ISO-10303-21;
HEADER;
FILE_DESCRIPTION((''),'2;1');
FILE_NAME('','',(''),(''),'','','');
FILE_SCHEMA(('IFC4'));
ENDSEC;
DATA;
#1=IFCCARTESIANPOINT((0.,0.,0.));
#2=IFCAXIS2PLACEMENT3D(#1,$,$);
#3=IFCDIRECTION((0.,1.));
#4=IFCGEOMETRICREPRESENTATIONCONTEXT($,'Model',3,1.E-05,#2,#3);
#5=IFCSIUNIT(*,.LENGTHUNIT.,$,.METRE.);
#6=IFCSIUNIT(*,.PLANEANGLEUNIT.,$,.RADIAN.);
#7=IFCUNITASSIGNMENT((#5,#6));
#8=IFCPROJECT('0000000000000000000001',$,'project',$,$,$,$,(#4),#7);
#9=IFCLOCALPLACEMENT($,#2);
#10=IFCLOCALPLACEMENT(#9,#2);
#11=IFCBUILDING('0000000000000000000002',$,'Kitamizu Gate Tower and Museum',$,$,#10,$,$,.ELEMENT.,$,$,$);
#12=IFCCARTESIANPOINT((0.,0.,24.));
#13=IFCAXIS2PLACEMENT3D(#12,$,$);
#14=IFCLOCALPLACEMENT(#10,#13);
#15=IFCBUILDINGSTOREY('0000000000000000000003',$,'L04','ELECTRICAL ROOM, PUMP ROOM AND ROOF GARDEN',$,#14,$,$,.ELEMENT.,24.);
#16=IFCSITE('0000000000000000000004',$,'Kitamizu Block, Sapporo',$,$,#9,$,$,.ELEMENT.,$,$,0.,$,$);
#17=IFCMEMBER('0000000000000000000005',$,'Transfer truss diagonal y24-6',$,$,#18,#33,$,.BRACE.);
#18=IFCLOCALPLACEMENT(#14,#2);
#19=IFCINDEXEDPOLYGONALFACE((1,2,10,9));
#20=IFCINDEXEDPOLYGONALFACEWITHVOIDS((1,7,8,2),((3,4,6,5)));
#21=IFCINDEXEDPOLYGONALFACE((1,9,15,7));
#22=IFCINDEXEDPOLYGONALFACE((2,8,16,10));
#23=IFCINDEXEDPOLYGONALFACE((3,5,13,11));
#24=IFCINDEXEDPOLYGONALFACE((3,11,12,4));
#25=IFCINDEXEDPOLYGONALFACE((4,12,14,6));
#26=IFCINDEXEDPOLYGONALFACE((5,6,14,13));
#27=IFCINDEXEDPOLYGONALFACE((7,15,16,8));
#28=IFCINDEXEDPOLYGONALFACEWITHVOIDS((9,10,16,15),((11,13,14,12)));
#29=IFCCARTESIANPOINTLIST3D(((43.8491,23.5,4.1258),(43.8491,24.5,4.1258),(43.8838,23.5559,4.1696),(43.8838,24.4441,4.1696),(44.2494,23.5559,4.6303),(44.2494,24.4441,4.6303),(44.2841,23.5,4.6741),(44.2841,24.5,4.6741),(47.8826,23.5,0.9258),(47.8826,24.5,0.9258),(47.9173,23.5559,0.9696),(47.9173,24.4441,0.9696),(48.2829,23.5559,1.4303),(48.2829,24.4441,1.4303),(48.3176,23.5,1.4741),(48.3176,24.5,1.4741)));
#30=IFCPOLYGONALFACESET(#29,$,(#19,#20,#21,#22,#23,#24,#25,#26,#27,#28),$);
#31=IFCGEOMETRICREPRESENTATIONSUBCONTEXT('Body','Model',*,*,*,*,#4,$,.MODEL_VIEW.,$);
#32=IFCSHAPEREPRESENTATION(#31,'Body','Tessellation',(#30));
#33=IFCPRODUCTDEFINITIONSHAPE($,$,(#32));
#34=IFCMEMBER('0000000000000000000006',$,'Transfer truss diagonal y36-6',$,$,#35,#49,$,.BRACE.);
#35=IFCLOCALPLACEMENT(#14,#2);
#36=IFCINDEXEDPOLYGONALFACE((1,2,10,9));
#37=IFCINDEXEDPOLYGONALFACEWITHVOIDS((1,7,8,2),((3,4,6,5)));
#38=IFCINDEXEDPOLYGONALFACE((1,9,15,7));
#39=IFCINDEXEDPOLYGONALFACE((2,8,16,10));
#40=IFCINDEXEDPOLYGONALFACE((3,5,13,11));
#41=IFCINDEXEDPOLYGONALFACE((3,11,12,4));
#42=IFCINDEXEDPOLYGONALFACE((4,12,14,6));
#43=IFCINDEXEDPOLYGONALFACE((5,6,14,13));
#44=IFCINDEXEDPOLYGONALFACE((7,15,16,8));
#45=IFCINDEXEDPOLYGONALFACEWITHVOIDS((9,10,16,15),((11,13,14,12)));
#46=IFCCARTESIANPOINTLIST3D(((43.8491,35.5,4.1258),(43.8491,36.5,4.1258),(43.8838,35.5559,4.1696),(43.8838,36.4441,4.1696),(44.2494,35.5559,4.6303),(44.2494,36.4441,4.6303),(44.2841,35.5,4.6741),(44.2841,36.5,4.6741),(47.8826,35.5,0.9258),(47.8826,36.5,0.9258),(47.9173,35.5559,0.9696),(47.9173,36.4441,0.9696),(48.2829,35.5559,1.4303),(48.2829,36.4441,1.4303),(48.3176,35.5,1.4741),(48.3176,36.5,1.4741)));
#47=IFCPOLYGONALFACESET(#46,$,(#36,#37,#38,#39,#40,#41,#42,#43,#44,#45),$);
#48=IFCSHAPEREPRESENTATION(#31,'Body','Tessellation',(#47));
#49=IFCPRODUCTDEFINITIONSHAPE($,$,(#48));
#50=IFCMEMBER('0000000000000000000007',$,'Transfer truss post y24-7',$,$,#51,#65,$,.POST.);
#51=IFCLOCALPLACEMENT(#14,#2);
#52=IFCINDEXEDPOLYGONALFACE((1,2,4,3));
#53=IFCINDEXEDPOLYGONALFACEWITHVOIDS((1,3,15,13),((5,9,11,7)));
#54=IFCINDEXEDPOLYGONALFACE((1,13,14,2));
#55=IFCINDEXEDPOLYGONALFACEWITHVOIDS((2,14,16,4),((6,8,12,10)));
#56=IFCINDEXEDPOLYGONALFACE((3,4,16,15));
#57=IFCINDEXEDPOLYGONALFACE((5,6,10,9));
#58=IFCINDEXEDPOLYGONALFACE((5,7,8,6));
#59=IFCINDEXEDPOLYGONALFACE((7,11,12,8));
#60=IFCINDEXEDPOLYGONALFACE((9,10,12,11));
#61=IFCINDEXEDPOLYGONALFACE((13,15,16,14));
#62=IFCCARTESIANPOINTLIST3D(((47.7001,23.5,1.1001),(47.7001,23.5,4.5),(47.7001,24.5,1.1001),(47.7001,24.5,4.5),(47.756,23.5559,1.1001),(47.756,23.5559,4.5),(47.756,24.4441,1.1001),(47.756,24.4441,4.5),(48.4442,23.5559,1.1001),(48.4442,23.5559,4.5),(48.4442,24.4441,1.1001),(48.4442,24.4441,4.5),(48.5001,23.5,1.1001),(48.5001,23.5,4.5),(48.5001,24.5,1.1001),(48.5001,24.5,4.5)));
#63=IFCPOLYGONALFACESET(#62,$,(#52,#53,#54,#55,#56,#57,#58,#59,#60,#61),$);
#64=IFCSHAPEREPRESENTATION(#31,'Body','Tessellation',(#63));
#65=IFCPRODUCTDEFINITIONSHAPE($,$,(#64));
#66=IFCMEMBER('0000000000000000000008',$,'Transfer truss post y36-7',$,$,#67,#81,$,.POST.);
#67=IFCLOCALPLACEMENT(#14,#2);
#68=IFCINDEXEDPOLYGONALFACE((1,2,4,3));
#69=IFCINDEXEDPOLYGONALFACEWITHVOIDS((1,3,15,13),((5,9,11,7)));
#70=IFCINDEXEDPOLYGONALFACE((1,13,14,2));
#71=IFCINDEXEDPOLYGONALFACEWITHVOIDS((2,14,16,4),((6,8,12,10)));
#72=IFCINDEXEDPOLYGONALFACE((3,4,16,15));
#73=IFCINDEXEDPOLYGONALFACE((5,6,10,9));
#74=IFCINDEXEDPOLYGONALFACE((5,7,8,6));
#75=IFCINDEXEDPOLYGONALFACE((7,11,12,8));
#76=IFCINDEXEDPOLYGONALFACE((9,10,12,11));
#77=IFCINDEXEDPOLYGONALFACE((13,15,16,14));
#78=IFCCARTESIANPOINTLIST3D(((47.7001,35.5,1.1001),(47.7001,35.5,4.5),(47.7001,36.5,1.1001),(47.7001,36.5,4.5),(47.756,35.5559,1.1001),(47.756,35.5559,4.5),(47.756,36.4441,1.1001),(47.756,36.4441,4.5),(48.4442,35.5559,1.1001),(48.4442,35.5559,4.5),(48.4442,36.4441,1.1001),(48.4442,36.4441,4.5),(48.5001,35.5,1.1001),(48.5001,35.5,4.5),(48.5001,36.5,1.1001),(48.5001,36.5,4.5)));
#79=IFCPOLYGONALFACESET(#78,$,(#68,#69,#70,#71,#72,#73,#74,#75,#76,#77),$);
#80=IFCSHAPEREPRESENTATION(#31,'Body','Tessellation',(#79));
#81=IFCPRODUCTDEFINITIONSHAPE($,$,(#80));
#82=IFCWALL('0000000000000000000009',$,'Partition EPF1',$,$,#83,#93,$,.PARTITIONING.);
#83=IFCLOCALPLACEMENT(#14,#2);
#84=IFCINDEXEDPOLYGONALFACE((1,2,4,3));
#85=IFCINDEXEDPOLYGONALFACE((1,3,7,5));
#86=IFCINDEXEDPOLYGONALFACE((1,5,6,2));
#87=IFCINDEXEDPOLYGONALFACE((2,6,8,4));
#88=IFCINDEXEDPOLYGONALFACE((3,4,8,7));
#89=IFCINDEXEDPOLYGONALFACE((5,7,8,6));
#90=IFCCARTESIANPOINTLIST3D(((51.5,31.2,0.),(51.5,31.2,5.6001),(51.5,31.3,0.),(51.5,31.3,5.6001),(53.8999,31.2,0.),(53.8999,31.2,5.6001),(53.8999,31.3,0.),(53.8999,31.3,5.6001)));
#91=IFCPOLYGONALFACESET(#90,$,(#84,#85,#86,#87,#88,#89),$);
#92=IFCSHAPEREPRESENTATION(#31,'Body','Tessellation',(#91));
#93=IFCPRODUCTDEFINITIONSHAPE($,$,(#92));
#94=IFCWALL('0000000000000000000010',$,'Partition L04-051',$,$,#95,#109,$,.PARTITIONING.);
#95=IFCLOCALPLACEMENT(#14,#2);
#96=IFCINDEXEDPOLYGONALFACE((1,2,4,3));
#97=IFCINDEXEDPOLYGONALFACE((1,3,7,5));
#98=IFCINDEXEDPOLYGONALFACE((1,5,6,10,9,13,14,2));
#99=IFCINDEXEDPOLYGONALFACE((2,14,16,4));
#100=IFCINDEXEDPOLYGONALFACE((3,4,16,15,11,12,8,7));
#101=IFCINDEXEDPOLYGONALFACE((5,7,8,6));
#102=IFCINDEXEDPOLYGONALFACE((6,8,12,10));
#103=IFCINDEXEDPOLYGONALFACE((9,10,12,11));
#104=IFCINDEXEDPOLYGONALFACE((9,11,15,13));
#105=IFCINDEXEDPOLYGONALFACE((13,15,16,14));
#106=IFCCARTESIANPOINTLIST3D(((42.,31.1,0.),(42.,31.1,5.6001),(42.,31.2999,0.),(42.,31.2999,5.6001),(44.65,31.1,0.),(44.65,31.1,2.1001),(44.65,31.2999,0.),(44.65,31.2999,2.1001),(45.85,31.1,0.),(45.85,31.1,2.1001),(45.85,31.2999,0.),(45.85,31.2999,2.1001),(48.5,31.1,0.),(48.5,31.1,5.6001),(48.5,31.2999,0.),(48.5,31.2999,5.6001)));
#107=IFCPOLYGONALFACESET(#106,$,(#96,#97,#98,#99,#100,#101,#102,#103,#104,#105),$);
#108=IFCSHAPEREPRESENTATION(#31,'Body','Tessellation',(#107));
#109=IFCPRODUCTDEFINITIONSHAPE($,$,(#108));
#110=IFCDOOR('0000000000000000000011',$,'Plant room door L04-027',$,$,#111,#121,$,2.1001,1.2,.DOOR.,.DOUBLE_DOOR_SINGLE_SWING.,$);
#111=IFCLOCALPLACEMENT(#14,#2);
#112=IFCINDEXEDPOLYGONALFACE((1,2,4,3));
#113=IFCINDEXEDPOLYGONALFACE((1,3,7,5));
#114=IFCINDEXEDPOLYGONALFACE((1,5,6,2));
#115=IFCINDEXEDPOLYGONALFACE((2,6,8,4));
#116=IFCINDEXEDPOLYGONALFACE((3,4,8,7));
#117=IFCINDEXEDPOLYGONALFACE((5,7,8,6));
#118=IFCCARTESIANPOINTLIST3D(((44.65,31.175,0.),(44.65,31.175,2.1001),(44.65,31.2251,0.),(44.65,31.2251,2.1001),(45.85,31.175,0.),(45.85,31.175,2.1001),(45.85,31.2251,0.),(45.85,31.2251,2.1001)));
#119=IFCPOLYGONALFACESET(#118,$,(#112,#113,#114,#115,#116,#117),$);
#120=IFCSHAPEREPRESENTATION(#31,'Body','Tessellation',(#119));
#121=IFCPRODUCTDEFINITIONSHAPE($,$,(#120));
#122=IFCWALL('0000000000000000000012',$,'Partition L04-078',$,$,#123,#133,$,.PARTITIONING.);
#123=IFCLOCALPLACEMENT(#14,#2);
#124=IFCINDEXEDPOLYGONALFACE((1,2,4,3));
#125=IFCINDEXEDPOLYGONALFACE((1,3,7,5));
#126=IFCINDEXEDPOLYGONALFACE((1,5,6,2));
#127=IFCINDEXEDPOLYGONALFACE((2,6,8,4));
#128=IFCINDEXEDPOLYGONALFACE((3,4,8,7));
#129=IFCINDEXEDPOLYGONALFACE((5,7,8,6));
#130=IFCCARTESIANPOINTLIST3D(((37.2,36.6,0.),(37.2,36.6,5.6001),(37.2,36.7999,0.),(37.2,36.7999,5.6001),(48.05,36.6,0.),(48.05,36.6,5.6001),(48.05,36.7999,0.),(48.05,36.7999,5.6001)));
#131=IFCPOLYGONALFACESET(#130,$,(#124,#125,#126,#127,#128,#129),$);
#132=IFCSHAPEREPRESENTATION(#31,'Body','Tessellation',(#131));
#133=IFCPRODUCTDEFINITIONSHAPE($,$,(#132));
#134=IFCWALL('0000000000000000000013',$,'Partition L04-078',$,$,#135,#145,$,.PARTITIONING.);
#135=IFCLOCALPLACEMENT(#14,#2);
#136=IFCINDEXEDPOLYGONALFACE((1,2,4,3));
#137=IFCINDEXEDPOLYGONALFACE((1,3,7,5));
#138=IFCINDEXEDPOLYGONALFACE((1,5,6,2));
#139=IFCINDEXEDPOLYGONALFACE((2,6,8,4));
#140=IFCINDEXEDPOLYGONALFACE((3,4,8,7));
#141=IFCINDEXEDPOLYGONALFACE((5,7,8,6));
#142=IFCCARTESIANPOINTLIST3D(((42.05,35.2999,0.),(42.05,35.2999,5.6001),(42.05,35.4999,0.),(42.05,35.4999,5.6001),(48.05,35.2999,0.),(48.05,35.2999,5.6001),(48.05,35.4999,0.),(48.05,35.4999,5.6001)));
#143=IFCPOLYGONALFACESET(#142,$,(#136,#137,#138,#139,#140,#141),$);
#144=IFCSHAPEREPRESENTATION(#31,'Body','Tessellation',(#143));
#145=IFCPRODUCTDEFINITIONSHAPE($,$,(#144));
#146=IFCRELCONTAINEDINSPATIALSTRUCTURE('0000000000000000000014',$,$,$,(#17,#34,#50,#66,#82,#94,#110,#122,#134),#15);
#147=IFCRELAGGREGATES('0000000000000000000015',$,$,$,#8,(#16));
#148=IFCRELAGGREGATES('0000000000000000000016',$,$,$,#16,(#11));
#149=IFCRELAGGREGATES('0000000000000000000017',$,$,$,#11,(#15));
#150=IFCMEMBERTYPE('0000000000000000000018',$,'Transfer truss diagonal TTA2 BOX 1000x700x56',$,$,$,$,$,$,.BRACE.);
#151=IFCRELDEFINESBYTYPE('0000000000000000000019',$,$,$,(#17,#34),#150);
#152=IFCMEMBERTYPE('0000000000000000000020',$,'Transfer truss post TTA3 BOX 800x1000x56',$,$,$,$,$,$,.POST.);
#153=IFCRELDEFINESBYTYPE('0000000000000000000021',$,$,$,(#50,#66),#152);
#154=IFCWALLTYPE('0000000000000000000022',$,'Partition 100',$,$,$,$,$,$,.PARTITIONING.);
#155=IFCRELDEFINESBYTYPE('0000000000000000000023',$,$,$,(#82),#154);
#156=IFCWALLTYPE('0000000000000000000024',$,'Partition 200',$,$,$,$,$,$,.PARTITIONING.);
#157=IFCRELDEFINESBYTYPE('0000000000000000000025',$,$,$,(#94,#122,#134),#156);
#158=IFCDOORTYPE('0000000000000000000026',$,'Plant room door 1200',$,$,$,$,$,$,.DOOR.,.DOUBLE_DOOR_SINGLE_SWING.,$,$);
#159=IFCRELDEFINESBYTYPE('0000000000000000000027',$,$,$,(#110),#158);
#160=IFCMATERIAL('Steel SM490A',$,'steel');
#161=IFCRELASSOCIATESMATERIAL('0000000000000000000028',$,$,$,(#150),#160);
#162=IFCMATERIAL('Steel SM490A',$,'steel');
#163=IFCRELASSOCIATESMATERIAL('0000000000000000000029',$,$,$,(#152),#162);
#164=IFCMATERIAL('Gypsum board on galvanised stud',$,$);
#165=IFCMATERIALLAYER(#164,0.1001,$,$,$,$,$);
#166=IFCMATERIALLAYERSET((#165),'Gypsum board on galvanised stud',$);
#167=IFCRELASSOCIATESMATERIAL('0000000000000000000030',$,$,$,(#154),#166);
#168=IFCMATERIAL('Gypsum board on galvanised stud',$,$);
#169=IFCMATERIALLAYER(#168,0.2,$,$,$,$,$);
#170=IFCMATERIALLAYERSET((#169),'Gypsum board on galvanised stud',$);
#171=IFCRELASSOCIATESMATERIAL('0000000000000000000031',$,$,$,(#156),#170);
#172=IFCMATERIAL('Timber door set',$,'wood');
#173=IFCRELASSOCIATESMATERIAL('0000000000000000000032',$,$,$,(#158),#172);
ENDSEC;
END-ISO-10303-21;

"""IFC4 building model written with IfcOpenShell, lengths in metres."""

from ifc_helpers import new_model, si_unit, direction, frame, frame_2d, origin, origin_2d, place, context, subcontext, project, spatial, rectangle, hollow_rectangle, extrude, material, layer, layer_set, material_profile, profile_set, type_object, element, fill, save


model = new_model("IFC4")

# Units and contexts
model_context = context("Model", 3, precision=1e-05, world=origin(), true_north=direction((0.0, 1.0)))
body_context = subcontext(model_context, "Body", "Model", "MODEL_VIEW")
ifc_project = project(units=[si_unit("LENGTHUNIT", "METRE"), si_unit("PLANEANGLEUNIT", "RADIAN")], contexts=[model_context])

# Site, building, storey
site_placement = place(None, origin())
site = spatial("IfcSite", under=ifc_project, at=site_placement, Name="Kitamizu Block, Sapporo", CompositionType="ELEMENT", RefElevation=0.0)
building_placement = place(site_placement, origin())
building = spatial("IfcBuilding", under=site, at=building_placement, Name="Kitamizu Gate Tower and Museum", CompositionType="ELEMENT")
storey_placement = place(building_placement, frame((0.0, 0.0, 24.0)))
storey = spatial("IfcBuildingStorey", under=building, at=storey_placement, Name="L04", Description="ELECTRICAL ROOM, PUMP ROOM AND ROOF GARDEN", CompositionType="ELEMENT", Elevation=24.0)

# Members
ifc_material_1 = material(Name="Steel SM490A", Category="steel")
ifc_material_profile_1 = material_profile(ifc_material_1, hollow_rectangle(XDim=1.0, YDim=0.7, WallThickness=0.0559, at=origin_2d()), Name="BOX 1000x700x56")
ifc_profile_set_1 = profile_set([ifc_material_profile_1], Name="Steel SM490A")
member_type_1 = type_object("IfcMemberType", Name="Transfer truss diagonal TTA2 BOX 1000x700x56", PredefinedType="BRACE", material=ifc_profile_set_1)
for number, where, z_axis, x_axis, name in (
    (1, (48.1001, 24.0, 1.2), (-0.783402, 0.0, 0.621515), (0.0, -1.0, 0.0), "Transfer truss diagonal y24-6"),
    (2, (48.1001, 36.0, 1.2), (-0.783402, 0.0, 0.621515), (0.0, -1.0, 0.0), "Transfer truss diagonal y36-6"),
):
    element("IfcMember", number, at=place(storey_placement, frame(where, z_axis=z_axis, x_axis=x_axis)), inside=storey, type_object=member_type_1, Name=name, PredefinedType="BRACE", context=body_context, shape_type="SweptSolid", body=[
        extrude(hollow_rectangle(XDim=1.0, YDim=0.7, WallThickness=0.0559, at=origin_2d()), origin(), (0.0, 0.0, 1.0), 5.1487),
    ])
ifc_material_2 = material(Name="Steel SM490A", Category="steel")
ifc_material_profile_2 = material_profile(ifc_material_2, hollow_rectangle(XDim=0.8, YDim=1.0, WallThickness=0.0559, at=origin_2d()), Name="BOX 800x1000x56")
ifc_profile_set_2 = profile_set([ifc_material_profile_2], Name="Steel SM490A")
member_type_2 = type_object("IfcMemberType", Name="Transfer truss post TTA3 BOX 800x1000x56", PredefinedType="POST", material=ifc_profile_set_2)
for number, where, z_axis, x_axis, name in (
    (3, (48.1001, 24.0, 1.1001), (0.0, 0.0, 1.0), (1.0, 0.0, 0.0), "Transfer truss post y24-7"),
    (4, (48.1001, 36.0, 1.1001), (0.0, 0.0, 1.0), (1.0, 0.0, 0.0), "Transfer truss post y36-7"),
):
    element("IfcMember", number, at=place(storey_placement, frame(where, z_axis=z_axis, x_axis=x_axis)), inside=storey, type_object=member_type_2, Name=name, PredefinedType="POST", context=body_context, shape_type="SweptSolid", body=[
        extrude(hollow_rectangle(XDim=0.8, YDim=1.0, WallThickness=0.0559, at=origin_2d()), origin(), (0.0, 0.0, 1.0), 3.3999),
    ])

# Wall
ifc_material_3 = material(Name="Gypsum board on galvanised stud")
ifc_layer_1 = layer(ifc_material_3, 0.1001)
ifc_layer_set_1 = layer_set([ifc_layer_1], Name="Gypsum board on galvanised stud")
wall_type_1 = type_object("IfcWallType", Name="Partition 100", PredefinedType="PARTITIONING", material=ifc_layer_set_1)
wall_1_placement = place(storey_placement, frame((53.8999, 31.25, 0.0), z_axis=(0.0, 0.0, 1.0), x_axis=(-1.0, 0.0, 0.0)))
element("IfcWall", 5, at=wall_1_placement, inside=storey, type_object=wall_type_1, Name="Partition EPF1", PredefinedType="PARTITIONING", context=body_context, shape_type="SweptSolid", body=[
    extrude(rectangle(XDim=2.3999, YDim=0.1001, at=frame_2d((1.2, 0.0))), origin(), (0.0, 0.0, 1.0), 5.6001),
])

# Wall, opening, door
ifc_material_4 = material(Name="Gypsum board on galvanised stud")
ifc_layer_2 = layer(ifc_material_4, 0.2)
ifc_layer_set_2 = layer_set([ifc_layer_2], Name="Gypsum board on galvanised stud")
wall_type_2 = type_object("IfcWallType", Name="Partition 200", PredefinedType="PARTITIONING", material=ifc_layer_set_2)
wall_2_placement = place(storey_placement, frame((48.5, 31.2, 0.0), z_axis=(0.0, 0.0, 1.0), x_axis=(-1.0, 0.0, 0.0)))
wall_2 = element("IfcWall", 6, at=wall_2_placement, inside=storey, type_object=wall_type_2, Name="Partition L04-051", PredefinedType="PARTITIONING", context=body_context, shape_type="SweptSolid", body=[
    extrude(rectangle(XDim=6.5, YDim=0.2, at=frame_2d((3.25, 0.0))), origin(), (0.0, 0.0, 1.0), 5.6001),
])
opening_1_placement = place(wall_2_placement, frame((2.6499, 0.0, 0.0)))
opening_1 = element("IfcOpeningElement", 7, at=opening_1_placement, cuts=wall_2, PredefinedType="OPENING", context=body_context, shape_type="SweptSolid", body=[
    extrude(rectangle(XDim=1.2, YDim=2.1001, at=frame_2d((0.6001, 1.05))), frame((0.0, 0.1099, 0.0), z_axis=(0.0, -1.0, 0.0), x_axis=(1.0, 0.0, 0.0)), (0.0, 0.0, 1.0), 0.22),
])
ifc_material_5 = material(Name="Timber door set", Category="wood")
door_type_1 = type_object("IfcDoorType", Name="Plant room door 1200", OperationType="DOUBLE_DOOR_SINGLE_SWING", PredefinedType="DOOR", material=ifc_material_5)
door_1_placement = place(opening_1_placement, origin())
door_1 = element("IfcDoor", 8, at=door_1_placement, inside=storey, type_object=door_type_1, Name="Plant room door L04-027", OperationType="DOUBLE_DOOR_SINGLE_SWING", OverallHeight=2.1001, OverallWidth=1.2, PredefinedType="DOOR", context=body_context, shape_type="SweptSolid", body=[
    extrude(rectangle(XDim=1.2, YDim=2.1001, at=frame_2d((0.6001, 1.05))), frame((0.0, 0.0249, 0.0), z_axis=(0.0, -1.0, 0.0), x_axis=(1.0, 0.0, 0.0)), (0.0, 0.0, 1.0), 0.05),
])
fill(opening_1, door_1)

# Walls
wall_3_placement = place(storey_placement, frame((48.05, 36.7, 0.0), z_axis=(0.0, 0.0, 1.0), x_axis=(-1.0, 0.0, 0.0)))
element("IfcWall", 9, at=wall_3_placement, inside=storey, type_object=wall_type_2, Name="Partition L04-078", PredefinedType="PARTITIONING", context=body_context, shape_type="SweptSolid", body=[
    extrude(rectangle(XDim=10.8501, YDim=0.2, at=frame_2d((5.425, 0.0))), origin(), (0.0, 0.0, 1.0), 5.6001),
])
wall_4_placement = place(storey_placement, frame((48.05, 35.3999, 0.0), z_axis=(0.0, 0.0, 1.0), x_axis=(-1.0, 0.0, 0.0)))
element("IfcWall", 10, at=wall_4_placement, inside=storey, type_object=wall_type_2, Name="Partition L04-078", PredefinedType="PARTITIONING", context=body_context, shape_type="SweptSolid", body=[
    extrude(rectangle(XDim=6.0, YDim=0.2, at=frame_2d((3.0, 0.0))), origin(), (0.0, 0.0, 1.0), 5.6001),
])

save(model, "model.ifc")
